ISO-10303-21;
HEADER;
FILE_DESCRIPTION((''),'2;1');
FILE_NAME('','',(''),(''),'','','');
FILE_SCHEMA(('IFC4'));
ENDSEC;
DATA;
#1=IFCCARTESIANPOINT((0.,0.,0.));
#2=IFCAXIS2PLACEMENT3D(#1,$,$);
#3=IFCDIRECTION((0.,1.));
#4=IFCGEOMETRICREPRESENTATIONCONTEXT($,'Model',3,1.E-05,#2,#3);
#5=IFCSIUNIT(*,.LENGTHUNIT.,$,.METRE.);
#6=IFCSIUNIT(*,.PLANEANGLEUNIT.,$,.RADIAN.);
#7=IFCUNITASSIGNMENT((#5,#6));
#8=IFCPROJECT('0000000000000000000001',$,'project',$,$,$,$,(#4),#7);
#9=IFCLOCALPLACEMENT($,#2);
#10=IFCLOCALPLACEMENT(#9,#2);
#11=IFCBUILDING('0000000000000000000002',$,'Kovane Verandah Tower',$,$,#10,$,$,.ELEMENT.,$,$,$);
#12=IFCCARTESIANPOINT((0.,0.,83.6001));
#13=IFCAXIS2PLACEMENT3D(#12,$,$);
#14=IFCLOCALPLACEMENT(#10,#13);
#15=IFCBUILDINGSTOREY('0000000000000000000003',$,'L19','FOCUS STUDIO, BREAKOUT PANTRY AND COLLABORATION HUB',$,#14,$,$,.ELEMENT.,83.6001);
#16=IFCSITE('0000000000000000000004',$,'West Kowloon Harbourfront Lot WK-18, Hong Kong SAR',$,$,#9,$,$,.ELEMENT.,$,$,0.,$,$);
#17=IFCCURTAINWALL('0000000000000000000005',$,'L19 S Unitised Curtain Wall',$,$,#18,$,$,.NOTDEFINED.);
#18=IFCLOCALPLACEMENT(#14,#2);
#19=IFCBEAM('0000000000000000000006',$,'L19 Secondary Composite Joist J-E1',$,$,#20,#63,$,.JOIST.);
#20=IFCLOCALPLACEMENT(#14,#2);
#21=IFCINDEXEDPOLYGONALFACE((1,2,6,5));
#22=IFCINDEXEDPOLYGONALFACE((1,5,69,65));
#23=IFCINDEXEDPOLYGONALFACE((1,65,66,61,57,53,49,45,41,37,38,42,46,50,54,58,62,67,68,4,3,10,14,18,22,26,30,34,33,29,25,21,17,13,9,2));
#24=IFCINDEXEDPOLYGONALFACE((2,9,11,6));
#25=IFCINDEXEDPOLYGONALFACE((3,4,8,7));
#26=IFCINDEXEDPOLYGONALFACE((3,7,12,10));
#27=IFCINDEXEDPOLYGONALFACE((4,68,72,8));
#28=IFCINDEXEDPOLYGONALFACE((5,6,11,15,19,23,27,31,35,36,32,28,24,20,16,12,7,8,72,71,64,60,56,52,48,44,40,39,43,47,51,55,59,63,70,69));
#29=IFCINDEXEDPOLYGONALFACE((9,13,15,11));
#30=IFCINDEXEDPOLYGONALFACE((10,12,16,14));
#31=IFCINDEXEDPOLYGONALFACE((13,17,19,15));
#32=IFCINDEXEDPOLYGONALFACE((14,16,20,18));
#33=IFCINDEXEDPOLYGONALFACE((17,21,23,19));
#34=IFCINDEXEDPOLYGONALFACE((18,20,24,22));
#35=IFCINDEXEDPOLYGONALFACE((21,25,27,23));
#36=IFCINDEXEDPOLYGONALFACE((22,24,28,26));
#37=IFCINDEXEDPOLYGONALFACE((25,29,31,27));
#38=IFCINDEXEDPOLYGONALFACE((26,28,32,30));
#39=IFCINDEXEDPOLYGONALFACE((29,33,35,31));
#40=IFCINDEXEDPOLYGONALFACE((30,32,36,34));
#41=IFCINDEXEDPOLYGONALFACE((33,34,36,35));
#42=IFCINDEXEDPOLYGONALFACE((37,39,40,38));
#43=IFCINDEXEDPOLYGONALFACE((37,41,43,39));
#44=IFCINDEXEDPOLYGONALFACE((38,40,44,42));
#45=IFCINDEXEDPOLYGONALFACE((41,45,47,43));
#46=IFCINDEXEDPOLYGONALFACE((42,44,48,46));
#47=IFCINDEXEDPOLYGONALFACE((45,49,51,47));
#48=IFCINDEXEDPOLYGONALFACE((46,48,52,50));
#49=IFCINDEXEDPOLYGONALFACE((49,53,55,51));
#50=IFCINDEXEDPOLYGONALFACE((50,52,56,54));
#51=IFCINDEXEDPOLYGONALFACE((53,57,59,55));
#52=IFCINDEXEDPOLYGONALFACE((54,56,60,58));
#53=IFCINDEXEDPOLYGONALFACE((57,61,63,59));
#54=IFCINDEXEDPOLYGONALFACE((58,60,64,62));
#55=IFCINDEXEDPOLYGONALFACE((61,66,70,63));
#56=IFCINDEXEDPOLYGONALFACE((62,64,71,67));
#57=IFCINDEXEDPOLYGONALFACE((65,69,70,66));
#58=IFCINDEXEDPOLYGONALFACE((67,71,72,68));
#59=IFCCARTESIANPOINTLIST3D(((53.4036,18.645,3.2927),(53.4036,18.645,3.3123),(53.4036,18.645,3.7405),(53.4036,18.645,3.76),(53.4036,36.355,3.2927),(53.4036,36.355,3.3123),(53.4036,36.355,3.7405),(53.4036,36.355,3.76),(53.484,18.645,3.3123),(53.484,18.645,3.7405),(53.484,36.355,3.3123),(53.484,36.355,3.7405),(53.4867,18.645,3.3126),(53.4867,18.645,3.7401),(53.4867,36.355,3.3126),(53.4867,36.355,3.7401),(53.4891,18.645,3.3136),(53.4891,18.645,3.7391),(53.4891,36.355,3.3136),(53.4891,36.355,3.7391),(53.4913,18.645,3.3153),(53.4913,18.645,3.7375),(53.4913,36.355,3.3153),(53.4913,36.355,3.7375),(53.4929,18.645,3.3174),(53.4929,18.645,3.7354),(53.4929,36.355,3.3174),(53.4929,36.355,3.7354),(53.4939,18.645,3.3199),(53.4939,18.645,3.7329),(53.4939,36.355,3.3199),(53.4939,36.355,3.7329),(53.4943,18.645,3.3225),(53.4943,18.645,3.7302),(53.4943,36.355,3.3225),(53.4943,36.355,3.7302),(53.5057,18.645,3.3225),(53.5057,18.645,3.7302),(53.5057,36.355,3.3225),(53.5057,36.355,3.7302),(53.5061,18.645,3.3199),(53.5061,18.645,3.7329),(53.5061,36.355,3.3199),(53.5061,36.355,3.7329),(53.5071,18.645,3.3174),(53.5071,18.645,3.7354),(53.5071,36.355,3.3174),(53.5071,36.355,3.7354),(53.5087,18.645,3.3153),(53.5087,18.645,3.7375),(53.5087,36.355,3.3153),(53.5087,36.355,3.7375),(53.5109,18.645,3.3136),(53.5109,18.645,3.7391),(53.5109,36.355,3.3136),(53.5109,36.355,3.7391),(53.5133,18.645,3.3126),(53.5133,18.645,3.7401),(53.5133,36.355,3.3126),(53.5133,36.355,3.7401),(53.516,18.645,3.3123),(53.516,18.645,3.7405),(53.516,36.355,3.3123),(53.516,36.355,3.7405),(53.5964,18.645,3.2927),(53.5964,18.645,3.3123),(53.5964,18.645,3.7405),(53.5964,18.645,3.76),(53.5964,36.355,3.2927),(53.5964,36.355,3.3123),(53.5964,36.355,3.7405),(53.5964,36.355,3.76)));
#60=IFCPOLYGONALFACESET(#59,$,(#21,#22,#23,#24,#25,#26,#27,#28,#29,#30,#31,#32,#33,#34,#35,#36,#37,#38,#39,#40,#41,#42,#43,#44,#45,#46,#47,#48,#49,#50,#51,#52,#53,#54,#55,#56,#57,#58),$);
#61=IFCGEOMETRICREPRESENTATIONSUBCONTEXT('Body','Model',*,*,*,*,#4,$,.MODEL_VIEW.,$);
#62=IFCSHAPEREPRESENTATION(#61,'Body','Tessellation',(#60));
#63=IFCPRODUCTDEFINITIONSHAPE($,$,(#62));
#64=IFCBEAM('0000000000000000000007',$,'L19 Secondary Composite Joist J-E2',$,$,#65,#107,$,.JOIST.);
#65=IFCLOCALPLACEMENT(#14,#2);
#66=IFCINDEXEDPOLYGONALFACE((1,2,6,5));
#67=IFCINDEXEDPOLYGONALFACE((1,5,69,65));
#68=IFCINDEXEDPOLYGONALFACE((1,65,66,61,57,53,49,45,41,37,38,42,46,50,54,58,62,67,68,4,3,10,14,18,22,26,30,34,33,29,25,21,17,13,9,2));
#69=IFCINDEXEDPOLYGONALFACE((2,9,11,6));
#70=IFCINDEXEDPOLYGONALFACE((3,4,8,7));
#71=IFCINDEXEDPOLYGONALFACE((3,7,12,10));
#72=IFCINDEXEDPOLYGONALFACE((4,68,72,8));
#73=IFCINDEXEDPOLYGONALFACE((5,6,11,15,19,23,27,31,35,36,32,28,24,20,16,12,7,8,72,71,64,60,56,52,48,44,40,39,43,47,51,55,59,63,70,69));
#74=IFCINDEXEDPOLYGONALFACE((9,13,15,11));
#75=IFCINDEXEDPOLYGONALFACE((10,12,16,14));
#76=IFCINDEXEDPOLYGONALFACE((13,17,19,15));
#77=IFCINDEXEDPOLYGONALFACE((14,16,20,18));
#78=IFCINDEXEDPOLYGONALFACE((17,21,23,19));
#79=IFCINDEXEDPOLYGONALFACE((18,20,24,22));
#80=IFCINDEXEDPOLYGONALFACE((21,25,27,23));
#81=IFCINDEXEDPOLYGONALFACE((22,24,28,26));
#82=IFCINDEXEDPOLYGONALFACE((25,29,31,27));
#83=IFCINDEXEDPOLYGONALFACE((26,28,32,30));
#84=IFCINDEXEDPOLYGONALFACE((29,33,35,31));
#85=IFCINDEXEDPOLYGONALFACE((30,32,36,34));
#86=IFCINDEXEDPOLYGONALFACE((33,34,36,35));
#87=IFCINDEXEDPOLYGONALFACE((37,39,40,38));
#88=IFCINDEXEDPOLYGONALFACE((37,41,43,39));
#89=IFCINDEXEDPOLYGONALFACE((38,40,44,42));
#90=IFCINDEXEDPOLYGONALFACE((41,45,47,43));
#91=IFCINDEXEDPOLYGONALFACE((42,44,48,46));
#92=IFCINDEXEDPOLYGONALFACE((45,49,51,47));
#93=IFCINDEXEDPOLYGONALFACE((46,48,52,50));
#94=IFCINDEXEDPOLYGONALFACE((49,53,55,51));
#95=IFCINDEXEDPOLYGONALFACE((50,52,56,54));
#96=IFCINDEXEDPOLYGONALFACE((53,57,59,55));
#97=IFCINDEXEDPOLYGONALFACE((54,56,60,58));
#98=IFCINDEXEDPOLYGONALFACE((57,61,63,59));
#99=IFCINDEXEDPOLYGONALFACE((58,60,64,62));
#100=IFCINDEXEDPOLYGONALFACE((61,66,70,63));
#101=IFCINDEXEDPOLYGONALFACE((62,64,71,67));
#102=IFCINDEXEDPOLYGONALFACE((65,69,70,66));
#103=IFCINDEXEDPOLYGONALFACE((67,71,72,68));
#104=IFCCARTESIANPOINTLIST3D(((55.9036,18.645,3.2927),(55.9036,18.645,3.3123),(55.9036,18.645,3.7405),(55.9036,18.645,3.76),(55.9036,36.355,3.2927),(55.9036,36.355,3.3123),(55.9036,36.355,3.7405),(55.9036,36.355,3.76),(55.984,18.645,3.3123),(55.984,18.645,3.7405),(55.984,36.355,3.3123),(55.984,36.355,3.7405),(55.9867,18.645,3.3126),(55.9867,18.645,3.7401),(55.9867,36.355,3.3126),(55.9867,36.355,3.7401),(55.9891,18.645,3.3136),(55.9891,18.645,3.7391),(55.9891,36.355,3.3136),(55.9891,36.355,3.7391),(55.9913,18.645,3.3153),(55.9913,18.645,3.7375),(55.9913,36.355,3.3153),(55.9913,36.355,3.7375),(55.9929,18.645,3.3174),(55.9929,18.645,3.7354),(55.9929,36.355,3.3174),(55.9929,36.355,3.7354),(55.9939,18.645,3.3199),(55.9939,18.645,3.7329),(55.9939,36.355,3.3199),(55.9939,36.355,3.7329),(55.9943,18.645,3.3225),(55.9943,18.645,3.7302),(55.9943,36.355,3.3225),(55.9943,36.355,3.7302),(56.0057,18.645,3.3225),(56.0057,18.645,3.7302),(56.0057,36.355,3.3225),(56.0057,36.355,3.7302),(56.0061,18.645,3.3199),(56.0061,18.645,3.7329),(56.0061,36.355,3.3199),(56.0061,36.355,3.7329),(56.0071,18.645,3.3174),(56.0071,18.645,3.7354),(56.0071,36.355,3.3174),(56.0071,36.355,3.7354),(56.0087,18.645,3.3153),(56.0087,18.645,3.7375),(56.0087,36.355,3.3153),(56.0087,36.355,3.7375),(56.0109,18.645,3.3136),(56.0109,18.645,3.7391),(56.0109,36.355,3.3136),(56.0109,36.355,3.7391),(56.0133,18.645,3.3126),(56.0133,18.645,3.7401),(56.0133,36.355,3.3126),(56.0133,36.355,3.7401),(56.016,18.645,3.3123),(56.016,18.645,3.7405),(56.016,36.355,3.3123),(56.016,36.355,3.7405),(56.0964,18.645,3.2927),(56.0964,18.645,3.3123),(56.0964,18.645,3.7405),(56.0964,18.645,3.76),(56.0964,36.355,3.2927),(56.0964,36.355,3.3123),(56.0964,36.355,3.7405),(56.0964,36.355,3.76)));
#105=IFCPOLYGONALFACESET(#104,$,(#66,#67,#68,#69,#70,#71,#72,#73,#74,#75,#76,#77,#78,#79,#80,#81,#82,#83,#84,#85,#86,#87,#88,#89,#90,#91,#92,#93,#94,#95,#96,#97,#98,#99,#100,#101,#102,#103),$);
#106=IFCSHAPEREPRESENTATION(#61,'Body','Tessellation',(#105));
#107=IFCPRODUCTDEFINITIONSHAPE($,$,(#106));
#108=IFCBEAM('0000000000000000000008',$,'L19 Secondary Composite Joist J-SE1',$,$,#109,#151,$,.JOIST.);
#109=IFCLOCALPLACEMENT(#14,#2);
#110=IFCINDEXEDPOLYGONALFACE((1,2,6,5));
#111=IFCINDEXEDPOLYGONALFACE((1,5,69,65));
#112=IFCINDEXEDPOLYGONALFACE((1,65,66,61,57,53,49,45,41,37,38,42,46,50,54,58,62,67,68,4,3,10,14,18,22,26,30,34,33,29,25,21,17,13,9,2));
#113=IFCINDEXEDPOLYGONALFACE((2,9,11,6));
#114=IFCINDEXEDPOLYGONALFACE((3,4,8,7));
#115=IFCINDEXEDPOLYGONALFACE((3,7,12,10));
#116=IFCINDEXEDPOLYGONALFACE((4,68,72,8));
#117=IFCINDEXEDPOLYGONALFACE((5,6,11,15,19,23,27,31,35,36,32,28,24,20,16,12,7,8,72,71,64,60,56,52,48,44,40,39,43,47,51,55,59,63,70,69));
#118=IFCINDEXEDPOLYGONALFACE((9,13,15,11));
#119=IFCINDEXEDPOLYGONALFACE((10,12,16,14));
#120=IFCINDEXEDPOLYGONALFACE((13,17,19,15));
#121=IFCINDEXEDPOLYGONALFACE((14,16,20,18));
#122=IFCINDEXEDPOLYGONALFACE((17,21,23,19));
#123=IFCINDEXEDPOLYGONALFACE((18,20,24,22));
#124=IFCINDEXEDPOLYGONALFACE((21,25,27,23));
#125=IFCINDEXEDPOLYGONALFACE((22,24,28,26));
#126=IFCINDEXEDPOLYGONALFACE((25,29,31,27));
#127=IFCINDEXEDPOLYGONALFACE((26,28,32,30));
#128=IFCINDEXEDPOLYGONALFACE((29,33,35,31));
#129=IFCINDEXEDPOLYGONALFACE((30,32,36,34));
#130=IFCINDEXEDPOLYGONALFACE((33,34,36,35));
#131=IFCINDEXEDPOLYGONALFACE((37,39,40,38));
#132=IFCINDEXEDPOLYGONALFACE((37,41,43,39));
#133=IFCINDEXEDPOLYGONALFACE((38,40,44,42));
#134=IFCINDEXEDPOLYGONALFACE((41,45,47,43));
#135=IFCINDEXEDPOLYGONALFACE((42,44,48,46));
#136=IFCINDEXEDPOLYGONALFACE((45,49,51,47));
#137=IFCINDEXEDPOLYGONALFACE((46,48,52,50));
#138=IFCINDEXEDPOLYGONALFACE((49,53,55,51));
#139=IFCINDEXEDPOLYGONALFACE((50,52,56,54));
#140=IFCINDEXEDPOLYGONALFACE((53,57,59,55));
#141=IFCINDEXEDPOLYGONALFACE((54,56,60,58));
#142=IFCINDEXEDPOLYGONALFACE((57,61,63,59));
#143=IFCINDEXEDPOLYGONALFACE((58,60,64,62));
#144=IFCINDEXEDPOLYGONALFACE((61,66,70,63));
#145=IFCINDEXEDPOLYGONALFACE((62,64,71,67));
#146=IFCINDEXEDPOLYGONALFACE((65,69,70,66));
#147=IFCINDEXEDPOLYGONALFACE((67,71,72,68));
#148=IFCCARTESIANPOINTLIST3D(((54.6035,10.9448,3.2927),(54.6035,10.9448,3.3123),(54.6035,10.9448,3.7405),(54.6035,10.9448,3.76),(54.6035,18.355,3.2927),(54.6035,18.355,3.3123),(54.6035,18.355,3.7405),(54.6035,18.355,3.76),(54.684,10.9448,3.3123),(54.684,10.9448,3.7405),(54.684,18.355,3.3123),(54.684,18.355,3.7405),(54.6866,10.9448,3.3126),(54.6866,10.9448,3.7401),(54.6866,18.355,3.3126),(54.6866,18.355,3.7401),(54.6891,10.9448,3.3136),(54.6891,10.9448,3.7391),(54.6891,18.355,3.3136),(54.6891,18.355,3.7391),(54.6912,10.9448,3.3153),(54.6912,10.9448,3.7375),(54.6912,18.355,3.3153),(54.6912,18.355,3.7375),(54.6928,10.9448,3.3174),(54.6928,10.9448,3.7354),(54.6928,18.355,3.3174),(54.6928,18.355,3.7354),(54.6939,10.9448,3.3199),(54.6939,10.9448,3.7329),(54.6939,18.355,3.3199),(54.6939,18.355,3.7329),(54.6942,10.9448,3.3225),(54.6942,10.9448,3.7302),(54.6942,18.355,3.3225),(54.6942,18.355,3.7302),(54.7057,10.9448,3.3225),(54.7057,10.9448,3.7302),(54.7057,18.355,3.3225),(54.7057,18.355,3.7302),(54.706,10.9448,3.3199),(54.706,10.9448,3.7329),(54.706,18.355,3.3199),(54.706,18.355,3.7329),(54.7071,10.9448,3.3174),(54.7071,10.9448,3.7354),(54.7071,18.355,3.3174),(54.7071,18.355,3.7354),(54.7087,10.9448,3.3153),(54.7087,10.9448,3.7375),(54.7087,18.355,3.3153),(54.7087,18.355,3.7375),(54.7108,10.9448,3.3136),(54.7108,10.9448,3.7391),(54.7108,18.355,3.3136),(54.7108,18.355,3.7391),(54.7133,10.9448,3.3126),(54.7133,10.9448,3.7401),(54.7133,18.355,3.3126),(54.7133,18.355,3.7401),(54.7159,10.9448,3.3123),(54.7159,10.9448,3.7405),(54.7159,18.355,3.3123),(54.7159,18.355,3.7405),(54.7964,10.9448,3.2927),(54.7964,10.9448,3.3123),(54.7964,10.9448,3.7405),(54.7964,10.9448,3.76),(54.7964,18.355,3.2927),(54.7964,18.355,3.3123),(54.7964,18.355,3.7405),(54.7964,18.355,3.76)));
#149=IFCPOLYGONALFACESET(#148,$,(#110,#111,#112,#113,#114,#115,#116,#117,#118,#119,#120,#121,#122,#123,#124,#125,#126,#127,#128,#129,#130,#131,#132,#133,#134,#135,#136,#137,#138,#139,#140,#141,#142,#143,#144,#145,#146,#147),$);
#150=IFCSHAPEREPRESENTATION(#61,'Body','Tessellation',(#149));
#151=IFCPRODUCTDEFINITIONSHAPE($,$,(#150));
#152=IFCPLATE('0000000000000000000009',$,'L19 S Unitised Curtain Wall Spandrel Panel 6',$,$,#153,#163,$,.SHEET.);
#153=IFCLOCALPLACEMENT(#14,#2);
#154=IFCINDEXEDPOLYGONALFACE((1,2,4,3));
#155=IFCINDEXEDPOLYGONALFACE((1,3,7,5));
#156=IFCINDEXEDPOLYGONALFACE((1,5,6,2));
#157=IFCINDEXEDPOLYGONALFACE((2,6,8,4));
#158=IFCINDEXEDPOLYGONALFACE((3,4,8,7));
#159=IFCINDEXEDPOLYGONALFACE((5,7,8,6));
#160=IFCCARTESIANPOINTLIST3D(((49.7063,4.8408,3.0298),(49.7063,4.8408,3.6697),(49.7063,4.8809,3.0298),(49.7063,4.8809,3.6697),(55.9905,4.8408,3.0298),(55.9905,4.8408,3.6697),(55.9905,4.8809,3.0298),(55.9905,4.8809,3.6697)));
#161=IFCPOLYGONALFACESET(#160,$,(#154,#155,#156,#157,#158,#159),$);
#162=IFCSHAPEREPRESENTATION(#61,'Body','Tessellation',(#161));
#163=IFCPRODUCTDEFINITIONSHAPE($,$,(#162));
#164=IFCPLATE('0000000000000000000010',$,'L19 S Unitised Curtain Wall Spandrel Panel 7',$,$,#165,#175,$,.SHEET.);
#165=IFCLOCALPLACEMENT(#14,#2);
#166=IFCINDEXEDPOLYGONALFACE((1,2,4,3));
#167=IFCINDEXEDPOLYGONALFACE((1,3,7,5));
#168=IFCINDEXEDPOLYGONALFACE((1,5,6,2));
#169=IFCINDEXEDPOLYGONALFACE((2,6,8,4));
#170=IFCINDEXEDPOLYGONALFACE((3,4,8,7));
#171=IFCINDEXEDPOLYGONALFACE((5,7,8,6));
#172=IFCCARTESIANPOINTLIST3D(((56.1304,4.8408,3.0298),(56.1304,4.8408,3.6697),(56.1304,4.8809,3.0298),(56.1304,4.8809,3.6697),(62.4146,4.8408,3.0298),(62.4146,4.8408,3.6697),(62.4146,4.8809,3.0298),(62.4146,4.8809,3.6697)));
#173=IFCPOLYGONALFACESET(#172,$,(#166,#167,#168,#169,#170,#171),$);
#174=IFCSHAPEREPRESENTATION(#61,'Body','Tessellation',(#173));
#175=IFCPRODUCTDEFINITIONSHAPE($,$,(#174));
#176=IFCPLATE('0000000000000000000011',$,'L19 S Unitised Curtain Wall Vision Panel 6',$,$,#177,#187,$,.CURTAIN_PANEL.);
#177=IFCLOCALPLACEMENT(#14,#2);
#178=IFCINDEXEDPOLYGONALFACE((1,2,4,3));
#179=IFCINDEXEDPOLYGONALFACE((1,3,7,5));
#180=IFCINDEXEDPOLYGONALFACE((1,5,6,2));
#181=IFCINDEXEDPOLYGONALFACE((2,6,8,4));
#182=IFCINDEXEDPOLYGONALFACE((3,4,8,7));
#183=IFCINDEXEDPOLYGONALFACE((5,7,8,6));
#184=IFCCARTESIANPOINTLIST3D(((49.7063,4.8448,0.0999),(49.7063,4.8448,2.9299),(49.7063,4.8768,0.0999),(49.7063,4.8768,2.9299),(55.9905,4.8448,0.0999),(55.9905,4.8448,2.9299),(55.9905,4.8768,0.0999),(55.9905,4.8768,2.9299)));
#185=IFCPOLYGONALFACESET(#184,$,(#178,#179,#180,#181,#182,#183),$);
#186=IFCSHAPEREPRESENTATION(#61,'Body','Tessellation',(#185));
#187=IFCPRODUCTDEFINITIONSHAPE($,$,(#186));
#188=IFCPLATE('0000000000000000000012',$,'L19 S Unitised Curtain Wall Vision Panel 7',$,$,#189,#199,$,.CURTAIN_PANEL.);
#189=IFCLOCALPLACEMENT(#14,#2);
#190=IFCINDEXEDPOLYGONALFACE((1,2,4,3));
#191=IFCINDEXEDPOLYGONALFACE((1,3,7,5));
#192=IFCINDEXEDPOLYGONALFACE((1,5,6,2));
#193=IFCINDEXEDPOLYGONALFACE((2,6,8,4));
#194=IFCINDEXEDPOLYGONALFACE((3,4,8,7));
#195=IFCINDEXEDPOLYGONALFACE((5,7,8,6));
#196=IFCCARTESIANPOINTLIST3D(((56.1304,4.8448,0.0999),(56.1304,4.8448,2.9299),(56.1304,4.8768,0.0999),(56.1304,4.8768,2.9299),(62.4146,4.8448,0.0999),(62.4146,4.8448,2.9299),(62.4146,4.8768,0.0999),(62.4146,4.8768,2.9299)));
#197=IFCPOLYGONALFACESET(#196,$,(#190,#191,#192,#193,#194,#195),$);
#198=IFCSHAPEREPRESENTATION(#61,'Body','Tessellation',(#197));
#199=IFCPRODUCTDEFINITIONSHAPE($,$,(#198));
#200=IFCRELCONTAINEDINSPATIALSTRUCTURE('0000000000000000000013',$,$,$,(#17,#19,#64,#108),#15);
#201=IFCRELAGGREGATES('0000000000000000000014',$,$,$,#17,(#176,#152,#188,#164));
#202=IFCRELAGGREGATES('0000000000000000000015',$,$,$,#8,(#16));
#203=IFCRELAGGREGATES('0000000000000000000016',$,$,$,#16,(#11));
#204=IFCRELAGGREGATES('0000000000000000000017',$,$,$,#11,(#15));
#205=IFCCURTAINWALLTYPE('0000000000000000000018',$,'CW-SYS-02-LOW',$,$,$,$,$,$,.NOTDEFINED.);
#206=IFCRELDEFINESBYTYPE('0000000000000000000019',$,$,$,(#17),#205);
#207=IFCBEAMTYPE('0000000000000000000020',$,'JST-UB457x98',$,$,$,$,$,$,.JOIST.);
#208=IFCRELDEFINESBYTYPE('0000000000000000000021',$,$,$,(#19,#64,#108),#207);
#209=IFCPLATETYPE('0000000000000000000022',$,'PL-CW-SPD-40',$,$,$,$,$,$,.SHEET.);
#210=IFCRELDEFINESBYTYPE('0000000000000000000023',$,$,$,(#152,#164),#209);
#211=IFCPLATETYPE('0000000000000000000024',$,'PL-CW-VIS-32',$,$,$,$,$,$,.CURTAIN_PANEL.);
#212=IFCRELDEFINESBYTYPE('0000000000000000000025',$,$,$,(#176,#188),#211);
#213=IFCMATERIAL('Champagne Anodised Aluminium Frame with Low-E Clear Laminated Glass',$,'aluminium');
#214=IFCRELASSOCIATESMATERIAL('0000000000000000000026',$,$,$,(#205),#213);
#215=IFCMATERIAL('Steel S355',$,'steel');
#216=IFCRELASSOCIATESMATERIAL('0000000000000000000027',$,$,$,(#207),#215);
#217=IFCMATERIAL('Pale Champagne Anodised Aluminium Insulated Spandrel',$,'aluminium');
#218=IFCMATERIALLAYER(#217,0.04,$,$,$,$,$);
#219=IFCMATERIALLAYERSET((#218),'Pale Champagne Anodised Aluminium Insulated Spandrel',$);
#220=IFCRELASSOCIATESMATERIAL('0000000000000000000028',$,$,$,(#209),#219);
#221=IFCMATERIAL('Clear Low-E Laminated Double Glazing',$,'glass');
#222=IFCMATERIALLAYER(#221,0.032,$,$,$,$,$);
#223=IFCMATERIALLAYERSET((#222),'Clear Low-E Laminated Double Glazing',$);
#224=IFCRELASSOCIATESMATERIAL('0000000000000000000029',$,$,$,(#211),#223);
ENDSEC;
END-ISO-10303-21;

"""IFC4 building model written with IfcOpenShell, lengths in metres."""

from ifc_helpers import new_model, si_unit, direction, frame, origin, origin_2d, place, context, subcontext, project, spatial, rectangle, i_section, extrude, material, layer, layer_set, material_profile, profile_set, type_object, element, aggregate, save


model = new_model("IFC4")

# Units and contexts
model_context = context("Model", 3, precision=1e-05, world=origin(), true_north=direction((0.0, 1.0)))
body_context = subcontext(model_context, "Body", "Model", "MODEL_VIEW")
ifc_project = project(units=[si_unit("LENGTHUNIT", "METRE"), si_unit("PLANEANGLEUNIT", "RADIAN")], contexts=[model_context])

# Site, building, storey
site_placement = place(None, origin())
site = spatial("IfcSite", under=ifc_project, at=site_placement, Name="West Kowloon Harbourfront Lot WK-18, Hong Kong SAR", CompositionType="ELEMENT", RefElevation=0.0)
building_placement = place(site_placement, origin())
building = spatial("IfcBuilding", under=site, at=building_placement, Name="Kovane Verandah Tower", CompositionType="ELEMENT")
storey_placement = place(building_placement, frame((0.0, 0.0, 83.6001)))
storey = spatial("IfcBuildingStorey", under=building, at=storey_placement, Name="L19", Description="FOCUS STUDIO, BREAKOUT PANTRY AND COLLABORATION HUB", CompositionType="ELEMENT", Elevation=83.6001)

# Shared definitions
ifc_material_1 = material(Name="Steel S355", Category="steel")

# Curtain wall
ifc_material_2 = material(Name="Champagne Anodised Aluminium Frame with Low-E Clear Laminated Glass", Category="aluminium")
curtain_wall_type = type_object("IfcCurtainWallType", Name="CW-SYS-02-LOW", PredefinedType="NOTDEFINED", material=ifc_material_2)
curtain_wall_placement = place(storey_placement, origin())
curtain_wall = element("IfcCurtainWall", 1, at=curtain_wall_placement, inside=storey, type_object=curtain_wall_type, Name="L19 S Unitised Curtain Wall", PredefinedType="NOTDEFINED")

# Beams
ifc_material_profile_1 = material_profile(ifc_material_1, i_section(OverallWidth=0.1929, OverallDepth=0.4673, WebThickness=0.0115, FlangeThickness=0.0195, FilletRadius=0.0103, at=origin_2d()), Name="UB457x191x98")
ifc_profile_set_1 = profile_set([ifc_material_profile_1], Name="Steel S355")
beam_type_1 = type_object("IfcBeamType", Name="JST-UB457x98", PredefinedType="JOIST", material=ifc_profile_set_1)
for number, where, z_axis, x_axis, name in (
    (2, (53.5, 18.645, 3.5264), (0.0, 1.0, 0.0), (-1.0, 0.0, 0.0), "L19 Secondary Composite Joist J-E1"),
    (3, (56.0, 18.645, 3.5264), (0.0, 1.0, 0.0), (-1.0, 0.0, 0.0), "L19 Secondary Composite Joist J-E2"),
):
    element("IfcBeam", number, at=place(storey_placement, frame(where, z_axis=z_axis, x_axis=x_axis)), inside=storey, type_object=beam_type_1, Name=name, PredefinedType="JOIST", context=body_context, shape_type="SweptSolid", body=[
        extrude(i_section(OverallWidth=0.1929, OverallDepth=0.4673, WebThickness=0.0115, FlangeThickness=0.0195, FilletRadius=0.0103, at=origin_2d()), origin(), (0.0, 0.0, 1.0), 17.71),
    ])
beam_1_placement = place(storey_placement, frame((54.7, 10.9448, 3.5264), z_axis=(0.0, 1.0, 0.0), x_axis=(-1.0, 0.0, 0.0)))
element("IfcBeam", 4, at=beam_1_placement, inside=storey, type_object=beam_type_1, Name="L19 Secondary Composite Joist J-SE1", PredefinedType="JOIST", context=body_context, shape_type="SweptSolid", body=[
    extrude(i_section(OverallWidth=0.1929, OverallDepth=0.4673, WebThickness=0.0115, FlangeThickness=0.0195, FilletRadius=0.0103, at=origin_2d()), origin(), (0.0, 0.0, 1.0), 7.4102),
])

# Plates
ifc_material_3 = material(Name="Pale Champagne Anodised Aluminium Insulated Spandrel", Category="aluminium")
ifc_layer_1 = layer(ifc_material_3, 0.04)
ifc_layer_set_1 = layer_set([ifc_layer_1], Name="Pale Champagne Anodised Aluminium Insulated Spandrel")
plate_type_1 = type_object("IfcPlateType", Name="PL-CW-SPD-40", PredefinedType="SHEET", material=ifc_layer_set_1)
plate_1_placement = place(storey_placement, frame((52.8484, 4.8608, 3.0298), z_axis=(0.0, 0.0, 1.0), x_axis=(1.0, 0.0, 0.0)))
plate_1 = element("IfcPlate", 5, at=plate_1_placement, type_object=plate_type_1, Name="L19 S Unitised Curtain Wall Spandrel Panel 6", PredefinedType="SHEET", context=body_context, shape_type="SweptSolid", body=[
    extrude(rectangle(XDim=6.2842, YDim=0.04, at=origin_2d()), origin(), (0.0, 0.0, 1.0), 0.6399),
])
plate_2_placement = place(storey_placement, frame((59.2725, 4.8608, 3.0298), z_axis=(0.0, 0.0, 1.0), x_axis=(1.0, 0.0, 0.0)))
plate_2 = element("IfcPlate", 6, at=plate_2_placement, type_object=plate_type_1, Name="L19 S Unitised Curtain Wall Spandrel Panel 7", PredefinedType="SHEET", context=body_context, shape_type="SweptSolid", body=[
    extrude(rectangle(XDim=6.2842, YDim=0.04, at=origin_2d()), origin(), (0.0, 0.0, 1.0), 0.6399),
])
ifc_material_4 = material(Name="Clear Low-E Laminated Double Glazing", Category="glass")
ifc_layer_2 = layer(ifc_material_4, 0.032)
ifc_layer_set_2 = layer_set([ifc_layer_2], Name="Clear Low-E Laminated Double Glazing")
plate_type_2 = type_object("IfcPlateType", Name="PL-CW-VIS-32", PredefinedType="CURTAIN_PANEL", material=ifc_layer_set_2)
plate_3_placement = place(storey_placement, frame((52.8484, 4.8608, 0.0999), z_axis=(0.0, 0.0, 1.0), x_axis=(1.0, 0.0, 0.0)))
plate_3 = element("IfcPlate", 7, at=plate_3_placement, type_object=plate_type_2, Name="L19 S Unitised Curtain Wall Vision Panel 6", PredefinedType="CURTAIN_PANEL", context=body_context, shape_type="SweptSolid", body=[
    extrude(rectangle(XDim=6.2842, YDim=0.032, at=origin_2d()), origin(), (0.0, 0.0, 1.0), 2.8301),
])
plate_4_placement = place(storey_placement, frame((59.2725, 4.8608, 0.0999), z_axis=(0.0, 0.0, 1.0), x_axis=(1.0, 0.0, 0.0)))
plate_4 = element("IfcPlate", 8, at=plate_4_placement, type_object=plate_type_2, Name="L19 S Unitised Curtain Wall Vision Panel 7", PredefinedType="CURTAIN_PANEL", context=body_context, shape_type="SweptSolid", body=[
    extrude(rectangle(XDim=6.2842, YDim=0.032, at=origin_2d()), origin(), (0.0, 0.0, 1.0), 2.8301),
])
aggregate(curtain_wall, [plate_3, plate_1, plate_4, plate_2])

save(model, "model.ifc")
